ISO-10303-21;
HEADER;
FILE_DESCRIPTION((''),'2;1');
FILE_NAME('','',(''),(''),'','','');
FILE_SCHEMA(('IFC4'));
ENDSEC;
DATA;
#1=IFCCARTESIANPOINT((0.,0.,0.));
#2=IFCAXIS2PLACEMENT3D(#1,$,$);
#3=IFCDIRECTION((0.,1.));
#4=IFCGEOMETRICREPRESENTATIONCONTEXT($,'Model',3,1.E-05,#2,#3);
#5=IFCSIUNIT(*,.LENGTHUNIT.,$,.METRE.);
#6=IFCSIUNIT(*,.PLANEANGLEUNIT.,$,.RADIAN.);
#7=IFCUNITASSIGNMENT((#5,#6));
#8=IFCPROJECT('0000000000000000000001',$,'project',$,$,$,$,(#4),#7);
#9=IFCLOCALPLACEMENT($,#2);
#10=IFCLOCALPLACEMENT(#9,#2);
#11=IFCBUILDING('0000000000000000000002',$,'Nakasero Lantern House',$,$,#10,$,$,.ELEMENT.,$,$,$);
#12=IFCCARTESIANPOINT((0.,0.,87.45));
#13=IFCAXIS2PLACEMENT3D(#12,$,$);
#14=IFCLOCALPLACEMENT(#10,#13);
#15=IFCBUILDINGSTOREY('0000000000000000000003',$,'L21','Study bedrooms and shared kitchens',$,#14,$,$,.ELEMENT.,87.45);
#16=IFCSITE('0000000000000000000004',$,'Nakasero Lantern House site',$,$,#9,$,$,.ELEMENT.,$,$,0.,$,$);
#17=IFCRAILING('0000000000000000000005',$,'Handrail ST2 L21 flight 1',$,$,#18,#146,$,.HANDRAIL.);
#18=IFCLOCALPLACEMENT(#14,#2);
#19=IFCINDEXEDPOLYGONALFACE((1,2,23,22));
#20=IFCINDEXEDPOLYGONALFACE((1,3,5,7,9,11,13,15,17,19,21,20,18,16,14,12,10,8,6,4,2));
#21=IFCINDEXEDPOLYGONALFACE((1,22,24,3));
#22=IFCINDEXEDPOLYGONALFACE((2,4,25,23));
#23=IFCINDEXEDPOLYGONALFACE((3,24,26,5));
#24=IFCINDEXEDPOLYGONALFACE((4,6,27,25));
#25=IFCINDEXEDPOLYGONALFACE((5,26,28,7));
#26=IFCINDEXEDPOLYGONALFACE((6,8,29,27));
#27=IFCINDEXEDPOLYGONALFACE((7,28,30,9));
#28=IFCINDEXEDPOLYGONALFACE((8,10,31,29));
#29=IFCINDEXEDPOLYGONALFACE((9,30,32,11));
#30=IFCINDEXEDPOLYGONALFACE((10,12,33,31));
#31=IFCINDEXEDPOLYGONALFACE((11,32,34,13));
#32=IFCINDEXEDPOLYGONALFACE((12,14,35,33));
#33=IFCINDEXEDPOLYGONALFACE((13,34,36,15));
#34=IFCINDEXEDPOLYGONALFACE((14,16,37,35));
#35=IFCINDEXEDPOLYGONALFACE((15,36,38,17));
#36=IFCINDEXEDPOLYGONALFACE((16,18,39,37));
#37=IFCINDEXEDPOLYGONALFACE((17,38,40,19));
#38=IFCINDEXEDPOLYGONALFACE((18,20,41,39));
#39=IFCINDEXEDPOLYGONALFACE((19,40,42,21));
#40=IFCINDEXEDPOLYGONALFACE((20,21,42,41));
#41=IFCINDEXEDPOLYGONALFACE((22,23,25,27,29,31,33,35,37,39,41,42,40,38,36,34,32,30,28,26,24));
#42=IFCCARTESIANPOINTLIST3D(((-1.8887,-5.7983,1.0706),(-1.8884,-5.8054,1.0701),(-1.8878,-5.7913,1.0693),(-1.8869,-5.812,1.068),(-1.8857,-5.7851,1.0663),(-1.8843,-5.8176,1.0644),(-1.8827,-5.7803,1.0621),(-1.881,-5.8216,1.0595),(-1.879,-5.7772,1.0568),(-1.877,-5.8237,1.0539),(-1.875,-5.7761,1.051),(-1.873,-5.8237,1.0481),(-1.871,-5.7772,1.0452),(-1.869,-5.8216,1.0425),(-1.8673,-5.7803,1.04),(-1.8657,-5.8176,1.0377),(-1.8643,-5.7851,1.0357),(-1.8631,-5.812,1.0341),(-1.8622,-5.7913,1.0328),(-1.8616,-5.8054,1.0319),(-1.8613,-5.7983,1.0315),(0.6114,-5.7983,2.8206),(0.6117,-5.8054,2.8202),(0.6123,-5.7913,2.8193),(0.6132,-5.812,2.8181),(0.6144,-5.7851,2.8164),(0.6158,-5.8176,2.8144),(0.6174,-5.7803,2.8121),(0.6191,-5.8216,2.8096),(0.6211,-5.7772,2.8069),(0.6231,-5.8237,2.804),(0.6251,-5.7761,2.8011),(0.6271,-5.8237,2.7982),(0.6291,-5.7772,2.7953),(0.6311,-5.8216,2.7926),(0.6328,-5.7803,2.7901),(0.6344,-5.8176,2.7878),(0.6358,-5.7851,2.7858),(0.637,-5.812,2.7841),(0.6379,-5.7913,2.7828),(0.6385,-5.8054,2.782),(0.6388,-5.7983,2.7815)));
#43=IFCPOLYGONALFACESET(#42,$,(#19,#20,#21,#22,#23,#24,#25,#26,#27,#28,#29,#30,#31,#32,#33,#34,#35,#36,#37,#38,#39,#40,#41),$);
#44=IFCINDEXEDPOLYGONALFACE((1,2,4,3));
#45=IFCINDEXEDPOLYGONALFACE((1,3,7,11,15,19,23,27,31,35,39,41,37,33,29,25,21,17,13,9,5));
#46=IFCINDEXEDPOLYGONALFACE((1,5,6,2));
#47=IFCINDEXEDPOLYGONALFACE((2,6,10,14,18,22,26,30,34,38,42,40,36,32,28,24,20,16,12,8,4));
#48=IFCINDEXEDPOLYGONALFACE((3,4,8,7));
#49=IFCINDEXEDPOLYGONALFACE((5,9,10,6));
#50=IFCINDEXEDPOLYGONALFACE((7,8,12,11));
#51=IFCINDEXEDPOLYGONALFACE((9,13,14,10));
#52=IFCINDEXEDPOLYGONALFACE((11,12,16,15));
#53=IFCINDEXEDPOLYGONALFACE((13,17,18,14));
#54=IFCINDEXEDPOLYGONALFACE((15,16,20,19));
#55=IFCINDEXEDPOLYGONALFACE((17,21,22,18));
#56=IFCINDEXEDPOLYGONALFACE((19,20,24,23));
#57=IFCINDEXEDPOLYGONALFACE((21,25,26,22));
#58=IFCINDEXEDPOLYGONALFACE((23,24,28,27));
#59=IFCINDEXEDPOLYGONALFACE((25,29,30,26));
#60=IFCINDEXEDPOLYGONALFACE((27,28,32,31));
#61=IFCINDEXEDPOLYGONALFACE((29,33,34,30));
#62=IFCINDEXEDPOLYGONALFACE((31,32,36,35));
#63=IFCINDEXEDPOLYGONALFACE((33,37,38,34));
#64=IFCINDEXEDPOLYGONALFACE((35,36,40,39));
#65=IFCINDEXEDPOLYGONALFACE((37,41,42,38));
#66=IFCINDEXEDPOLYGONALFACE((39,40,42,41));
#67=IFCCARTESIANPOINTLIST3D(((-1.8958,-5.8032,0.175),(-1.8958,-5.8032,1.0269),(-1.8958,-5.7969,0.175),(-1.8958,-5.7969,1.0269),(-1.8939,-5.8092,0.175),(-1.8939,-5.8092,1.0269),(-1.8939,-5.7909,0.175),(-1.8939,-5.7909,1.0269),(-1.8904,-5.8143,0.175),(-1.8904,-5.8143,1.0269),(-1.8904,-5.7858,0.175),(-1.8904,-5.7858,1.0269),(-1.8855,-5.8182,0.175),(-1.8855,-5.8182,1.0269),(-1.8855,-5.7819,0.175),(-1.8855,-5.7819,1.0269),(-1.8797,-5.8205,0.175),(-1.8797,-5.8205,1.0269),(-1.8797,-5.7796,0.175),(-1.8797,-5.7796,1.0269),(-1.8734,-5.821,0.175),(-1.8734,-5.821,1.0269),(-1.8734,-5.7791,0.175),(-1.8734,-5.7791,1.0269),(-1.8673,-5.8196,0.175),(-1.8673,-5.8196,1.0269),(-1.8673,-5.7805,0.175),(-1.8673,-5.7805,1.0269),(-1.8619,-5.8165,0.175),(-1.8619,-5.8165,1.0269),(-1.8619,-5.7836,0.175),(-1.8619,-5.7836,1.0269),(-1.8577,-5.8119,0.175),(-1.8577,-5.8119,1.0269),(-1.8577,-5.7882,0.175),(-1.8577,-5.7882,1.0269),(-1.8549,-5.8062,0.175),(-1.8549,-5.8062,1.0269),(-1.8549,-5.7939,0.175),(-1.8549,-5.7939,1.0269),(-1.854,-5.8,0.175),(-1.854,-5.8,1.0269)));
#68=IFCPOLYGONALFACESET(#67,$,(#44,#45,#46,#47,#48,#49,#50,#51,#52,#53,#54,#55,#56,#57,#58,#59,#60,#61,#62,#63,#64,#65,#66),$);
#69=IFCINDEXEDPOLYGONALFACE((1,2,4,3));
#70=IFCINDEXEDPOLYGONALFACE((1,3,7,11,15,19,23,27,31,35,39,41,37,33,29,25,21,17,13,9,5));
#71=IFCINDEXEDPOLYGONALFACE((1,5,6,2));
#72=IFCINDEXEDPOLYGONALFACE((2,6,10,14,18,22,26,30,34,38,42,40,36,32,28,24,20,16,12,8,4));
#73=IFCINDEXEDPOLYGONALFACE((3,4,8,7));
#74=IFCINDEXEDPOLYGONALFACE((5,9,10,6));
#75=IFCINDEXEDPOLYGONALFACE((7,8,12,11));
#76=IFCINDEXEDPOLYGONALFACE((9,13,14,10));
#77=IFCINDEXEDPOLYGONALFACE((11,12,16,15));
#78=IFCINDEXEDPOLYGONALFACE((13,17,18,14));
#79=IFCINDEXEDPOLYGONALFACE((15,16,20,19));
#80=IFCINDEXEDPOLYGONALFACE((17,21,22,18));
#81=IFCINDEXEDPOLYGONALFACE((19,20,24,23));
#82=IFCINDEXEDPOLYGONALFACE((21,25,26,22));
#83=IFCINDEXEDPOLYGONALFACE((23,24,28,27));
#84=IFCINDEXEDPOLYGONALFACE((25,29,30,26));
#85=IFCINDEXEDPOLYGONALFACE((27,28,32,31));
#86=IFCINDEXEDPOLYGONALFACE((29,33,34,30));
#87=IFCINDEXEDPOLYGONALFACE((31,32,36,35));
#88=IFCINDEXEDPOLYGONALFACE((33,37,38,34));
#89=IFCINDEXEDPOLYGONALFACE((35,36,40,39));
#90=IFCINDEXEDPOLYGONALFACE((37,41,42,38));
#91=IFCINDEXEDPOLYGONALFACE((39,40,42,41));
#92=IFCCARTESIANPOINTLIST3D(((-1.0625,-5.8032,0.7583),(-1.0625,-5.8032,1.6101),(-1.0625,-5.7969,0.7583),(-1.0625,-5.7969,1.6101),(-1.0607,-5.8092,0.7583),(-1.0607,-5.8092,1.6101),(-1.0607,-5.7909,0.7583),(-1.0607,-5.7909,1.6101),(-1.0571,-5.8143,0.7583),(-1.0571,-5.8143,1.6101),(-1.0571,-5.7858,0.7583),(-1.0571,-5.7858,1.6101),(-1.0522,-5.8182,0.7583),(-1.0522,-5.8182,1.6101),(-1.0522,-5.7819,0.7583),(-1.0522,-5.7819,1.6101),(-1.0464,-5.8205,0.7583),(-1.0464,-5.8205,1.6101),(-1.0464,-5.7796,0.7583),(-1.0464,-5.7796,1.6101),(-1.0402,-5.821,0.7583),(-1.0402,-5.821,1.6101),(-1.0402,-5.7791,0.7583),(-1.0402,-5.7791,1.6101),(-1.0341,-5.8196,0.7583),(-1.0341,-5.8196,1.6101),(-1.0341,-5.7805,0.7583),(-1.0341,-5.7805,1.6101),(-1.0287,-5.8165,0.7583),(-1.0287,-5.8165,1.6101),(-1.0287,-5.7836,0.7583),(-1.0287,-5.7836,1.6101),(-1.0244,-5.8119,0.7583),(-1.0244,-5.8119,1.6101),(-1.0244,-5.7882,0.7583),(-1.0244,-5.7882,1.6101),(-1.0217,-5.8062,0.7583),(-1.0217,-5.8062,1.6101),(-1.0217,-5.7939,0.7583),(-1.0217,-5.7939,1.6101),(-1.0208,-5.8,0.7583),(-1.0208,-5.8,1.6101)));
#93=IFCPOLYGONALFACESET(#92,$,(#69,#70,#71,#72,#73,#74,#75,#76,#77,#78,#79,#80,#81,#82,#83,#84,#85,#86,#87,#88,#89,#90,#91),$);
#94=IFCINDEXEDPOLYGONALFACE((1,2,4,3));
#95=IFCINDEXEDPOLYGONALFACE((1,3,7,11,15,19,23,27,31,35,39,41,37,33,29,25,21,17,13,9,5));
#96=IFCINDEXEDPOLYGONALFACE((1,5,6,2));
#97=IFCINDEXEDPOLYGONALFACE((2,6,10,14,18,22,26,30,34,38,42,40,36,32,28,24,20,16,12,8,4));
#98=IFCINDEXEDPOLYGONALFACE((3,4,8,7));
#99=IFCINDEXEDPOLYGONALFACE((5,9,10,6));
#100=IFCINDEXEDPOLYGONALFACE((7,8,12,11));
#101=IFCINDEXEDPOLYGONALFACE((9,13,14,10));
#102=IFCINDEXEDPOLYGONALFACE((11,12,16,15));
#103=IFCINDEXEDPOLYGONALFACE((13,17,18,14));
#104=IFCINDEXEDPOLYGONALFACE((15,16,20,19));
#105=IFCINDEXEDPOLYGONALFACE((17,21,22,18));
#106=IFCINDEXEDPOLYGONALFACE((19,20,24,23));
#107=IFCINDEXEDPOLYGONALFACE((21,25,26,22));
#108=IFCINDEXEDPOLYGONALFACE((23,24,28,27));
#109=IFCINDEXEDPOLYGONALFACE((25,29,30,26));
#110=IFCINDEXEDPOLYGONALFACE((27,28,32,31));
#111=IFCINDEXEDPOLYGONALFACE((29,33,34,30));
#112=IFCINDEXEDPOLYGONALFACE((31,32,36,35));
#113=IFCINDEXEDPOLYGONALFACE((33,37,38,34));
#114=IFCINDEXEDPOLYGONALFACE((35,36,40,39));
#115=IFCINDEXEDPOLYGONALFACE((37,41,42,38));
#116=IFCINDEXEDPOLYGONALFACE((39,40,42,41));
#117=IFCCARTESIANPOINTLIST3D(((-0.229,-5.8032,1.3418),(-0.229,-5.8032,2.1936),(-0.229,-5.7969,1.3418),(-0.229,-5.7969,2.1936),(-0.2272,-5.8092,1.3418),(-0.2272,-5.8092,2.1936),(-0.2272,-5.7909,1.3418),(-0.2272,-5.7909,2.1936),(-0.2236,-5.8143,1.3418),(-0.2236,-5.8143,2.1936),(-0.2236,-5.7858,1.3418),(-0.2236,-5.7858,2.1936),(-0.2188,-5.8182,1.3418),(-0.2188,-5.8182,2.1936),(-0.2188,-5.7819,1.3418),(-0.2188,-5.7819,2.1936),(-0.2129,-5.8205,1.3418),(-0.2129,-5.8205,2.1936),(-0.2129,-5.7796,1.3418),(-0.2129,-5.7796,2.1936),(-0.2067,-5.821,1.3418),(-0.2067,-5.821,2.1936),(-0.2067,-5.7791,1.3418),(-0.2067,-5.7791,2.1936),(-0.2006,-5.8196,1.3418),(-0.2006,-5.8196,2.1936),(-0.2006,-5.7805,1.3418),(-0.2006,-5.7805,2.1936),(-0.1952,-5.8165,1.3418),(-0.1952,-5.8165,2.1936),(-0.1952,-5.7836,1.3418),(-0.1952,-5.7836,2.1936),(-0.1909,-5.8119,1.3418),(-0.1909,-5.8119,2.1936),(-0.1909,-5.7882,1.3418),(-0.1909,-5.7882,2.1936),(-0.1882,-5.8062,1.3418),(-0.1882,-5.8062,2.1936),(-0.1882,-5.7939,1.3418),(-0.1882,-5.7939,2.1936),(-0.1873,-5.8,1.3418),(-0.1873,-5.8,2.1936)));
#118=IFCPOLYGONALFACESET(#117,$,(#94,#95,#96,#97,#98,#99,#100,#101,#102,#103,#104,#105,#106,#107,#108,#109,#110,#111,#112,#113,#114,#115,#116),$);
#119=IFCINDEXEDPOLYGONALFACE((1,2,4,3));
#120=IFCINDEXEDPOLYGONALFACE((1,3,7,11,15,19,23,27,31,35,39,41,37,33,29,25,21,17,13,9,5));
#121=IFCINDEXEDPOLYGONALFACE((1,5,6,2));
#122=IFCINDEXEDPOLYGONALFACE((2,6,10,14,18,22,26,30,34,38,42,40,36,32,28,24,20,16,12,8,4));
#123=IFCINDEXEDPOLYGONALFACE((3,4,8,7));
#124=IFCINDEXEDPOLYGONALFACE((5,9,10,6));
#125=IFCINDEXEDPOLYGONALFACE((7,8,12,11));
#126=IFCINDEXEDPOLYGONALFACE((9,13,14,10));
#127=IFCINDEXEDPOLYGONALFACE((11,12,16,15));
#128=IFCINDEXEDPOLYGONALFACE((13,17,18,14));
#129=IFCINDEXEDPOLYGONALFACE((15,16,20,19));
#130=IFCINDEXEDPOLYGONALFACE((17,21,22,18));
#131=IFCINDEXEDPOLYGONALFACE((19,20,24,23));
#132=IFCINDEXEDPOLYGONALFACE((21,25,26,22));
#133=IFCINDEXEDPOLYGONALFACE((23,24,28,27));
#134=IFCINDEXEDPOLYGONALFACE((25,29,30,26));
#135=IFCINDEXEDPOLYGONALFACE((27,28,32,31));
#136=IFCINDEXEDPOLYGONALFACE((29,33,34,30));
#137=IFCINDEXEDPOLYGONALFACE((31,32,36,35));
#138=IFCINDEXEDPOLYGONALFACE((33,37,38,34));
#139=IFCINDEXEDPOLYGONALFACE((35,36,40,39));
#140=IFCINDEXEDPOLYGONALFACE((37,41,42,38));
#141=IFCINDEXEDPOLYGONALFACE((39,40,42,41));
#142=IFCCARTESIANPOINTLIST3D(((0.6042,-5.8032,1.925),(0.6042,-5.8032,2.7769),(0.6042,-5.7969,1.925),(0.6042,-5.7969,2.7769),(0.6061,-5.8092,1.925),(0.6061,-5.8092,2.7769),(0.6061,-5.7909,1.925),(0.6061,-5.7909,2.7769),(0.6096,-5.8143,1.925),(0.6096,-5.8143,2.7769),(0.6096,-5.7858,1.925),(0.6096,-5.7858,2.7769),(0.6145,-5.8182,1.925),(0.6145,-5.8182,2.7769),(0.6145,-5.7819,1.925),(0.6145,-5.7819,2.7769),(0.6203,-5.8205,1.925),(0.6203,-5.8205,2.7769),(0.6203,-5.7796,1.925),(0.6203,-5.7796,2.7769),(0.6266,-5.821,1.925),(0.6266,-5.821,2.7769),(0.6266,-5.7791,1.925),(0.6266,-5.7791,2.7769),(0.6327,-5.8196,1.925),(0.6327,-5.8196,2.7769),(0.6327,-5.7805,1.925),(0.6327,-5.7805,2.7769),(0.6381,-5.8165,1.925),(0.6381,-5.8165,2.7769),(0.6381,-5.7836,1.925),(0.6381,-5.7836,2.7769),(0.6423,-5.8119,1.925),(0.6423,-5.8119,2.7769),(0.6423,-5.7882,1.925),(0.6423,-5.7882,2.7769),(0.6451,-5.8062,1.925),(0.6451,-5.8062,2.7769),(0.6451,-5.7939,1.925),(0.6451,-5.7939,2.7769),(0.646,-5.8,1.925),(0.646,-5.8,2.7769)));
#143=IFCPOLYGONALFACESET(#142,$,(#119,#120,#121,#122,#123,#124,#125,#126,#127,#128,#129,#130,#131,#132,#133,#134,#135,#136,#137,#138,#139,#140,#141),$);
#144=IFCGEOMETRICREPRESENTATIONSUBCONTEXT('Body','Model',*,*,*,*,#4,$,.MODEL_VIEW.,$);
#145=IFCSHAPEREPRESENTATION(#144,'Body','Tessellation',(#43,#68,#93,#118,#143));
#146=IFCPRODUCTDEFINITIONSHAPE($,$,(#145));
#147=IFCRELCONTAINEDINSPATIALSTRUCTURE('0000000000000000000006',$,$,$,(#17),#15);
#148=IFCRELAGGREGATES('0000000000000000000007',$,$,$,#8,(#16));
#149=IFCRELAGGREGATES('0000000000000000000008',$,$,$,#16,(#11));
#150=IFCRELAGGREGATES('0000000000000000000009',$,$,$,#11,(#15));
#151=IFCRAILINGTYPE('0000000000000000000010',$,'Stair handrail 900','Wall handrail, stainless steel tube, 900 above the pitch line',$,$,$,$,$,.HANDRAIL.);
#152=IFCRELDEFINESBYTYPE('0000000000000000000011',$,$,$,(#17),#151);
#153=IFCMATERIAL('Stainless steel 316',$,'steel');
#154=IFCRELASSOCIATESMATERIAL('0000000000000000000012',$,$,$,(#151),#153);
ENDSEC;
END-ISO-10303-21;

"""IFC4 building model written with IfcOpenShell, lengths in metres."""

from ifc_helpers import new_model, si_unit, direction, frame, origin, origin_2d, place, context, subcontext, project, spatial, circle, extrude, material, type_object, element, save


model = new_model("IFC4")

# Units and contexts
model_context = context("Model", 3, precision=1e-05, world=origin(), true_north=direction((0.0, 1.0)))
body_context = subcontext(model_context, "Body", "Model", "MODEL_VIEW")
ifc_project = project(units=[si_unit("LENGTHUNIT", "METRE"), si_unit("PLANEANGLEUNIT", "RADIAN")], contexts=[model_context])

# Site, building, storey
site_placement = place(None, origin())
site = spatial("IfcSite", under=ifc_project, at=site_placement, Name="Nakasero Lantern House site", CompositionType="ELEMENT", RefElevation=0.0)
building_placement = place(site_placement, origin())
building = spatial("IfcBuilding", under=site, at=building_placement, Name="Nakasero Lantern House", CompositionType="ELEMENT")
storey_placement = place(building_placement, frame((0.0, 0.0, 87.45)))
storey = spatial("IfcBuildingStorey", under=building, at=storey_placement, Name="L21", Description="Study bedrooms and shared kitchens", CompositionType="ELEMENT", Elevation=87.45)

# Railing
ifc_material_1 = material(Name="Stainless steel 316", Category="steel")
railing_type = type_object("IfcRailingType", Name="Stair handrail 900", Description="Wall handrail, stainless steel tube, 900 above the pitch line", PredefinedType="HANDRAIL", material=ifc_material_1)
railing_placement = place(storey_placement, frame((-1.875, -5.8, 0.175)))
element("IfcRailing", 1, at=railing_placement, inside=storey, type_object=railing_type, Name="Handrail ST2 L21 flight 1", PredefinedType="HANDRAIL", context=body_context, shape_type="SweptSolid", body=[
    extrude(circle(Radius=0.0239, at=origin_2d()), frame((0.0, 0.0, 0.876), z_axis=(0.819232, 0.0, 0.573462), x_axis=(0.0, 1.0, 0.0)), (0.0, 0.0, 1.0), 3.0518),
    extrude(circle(Radius=0.021, at=origin_2d()), origin(), (0.0, 0.0, 1.0), 0.8518),
    extrude(circle(Radius=0.021, at=origin_2d()), frame((0.8333, 0.0, 0.5833)), (0.0, 0.0, 1.0), 0.8518),
    extrude(circle(Radius=0.021, at=origin_2d()), frame((1.6667, 0.0, 1.1667)), (0.0, 0.0, 1.0), 0.8518),
    extrude(circle(Radius=0.021, at=origin_2d()), frame((2.5, 0.0, 1.75)), (0.0, 0.0, 1.0), 0.8518),
])

save(model, "model.ifc")
